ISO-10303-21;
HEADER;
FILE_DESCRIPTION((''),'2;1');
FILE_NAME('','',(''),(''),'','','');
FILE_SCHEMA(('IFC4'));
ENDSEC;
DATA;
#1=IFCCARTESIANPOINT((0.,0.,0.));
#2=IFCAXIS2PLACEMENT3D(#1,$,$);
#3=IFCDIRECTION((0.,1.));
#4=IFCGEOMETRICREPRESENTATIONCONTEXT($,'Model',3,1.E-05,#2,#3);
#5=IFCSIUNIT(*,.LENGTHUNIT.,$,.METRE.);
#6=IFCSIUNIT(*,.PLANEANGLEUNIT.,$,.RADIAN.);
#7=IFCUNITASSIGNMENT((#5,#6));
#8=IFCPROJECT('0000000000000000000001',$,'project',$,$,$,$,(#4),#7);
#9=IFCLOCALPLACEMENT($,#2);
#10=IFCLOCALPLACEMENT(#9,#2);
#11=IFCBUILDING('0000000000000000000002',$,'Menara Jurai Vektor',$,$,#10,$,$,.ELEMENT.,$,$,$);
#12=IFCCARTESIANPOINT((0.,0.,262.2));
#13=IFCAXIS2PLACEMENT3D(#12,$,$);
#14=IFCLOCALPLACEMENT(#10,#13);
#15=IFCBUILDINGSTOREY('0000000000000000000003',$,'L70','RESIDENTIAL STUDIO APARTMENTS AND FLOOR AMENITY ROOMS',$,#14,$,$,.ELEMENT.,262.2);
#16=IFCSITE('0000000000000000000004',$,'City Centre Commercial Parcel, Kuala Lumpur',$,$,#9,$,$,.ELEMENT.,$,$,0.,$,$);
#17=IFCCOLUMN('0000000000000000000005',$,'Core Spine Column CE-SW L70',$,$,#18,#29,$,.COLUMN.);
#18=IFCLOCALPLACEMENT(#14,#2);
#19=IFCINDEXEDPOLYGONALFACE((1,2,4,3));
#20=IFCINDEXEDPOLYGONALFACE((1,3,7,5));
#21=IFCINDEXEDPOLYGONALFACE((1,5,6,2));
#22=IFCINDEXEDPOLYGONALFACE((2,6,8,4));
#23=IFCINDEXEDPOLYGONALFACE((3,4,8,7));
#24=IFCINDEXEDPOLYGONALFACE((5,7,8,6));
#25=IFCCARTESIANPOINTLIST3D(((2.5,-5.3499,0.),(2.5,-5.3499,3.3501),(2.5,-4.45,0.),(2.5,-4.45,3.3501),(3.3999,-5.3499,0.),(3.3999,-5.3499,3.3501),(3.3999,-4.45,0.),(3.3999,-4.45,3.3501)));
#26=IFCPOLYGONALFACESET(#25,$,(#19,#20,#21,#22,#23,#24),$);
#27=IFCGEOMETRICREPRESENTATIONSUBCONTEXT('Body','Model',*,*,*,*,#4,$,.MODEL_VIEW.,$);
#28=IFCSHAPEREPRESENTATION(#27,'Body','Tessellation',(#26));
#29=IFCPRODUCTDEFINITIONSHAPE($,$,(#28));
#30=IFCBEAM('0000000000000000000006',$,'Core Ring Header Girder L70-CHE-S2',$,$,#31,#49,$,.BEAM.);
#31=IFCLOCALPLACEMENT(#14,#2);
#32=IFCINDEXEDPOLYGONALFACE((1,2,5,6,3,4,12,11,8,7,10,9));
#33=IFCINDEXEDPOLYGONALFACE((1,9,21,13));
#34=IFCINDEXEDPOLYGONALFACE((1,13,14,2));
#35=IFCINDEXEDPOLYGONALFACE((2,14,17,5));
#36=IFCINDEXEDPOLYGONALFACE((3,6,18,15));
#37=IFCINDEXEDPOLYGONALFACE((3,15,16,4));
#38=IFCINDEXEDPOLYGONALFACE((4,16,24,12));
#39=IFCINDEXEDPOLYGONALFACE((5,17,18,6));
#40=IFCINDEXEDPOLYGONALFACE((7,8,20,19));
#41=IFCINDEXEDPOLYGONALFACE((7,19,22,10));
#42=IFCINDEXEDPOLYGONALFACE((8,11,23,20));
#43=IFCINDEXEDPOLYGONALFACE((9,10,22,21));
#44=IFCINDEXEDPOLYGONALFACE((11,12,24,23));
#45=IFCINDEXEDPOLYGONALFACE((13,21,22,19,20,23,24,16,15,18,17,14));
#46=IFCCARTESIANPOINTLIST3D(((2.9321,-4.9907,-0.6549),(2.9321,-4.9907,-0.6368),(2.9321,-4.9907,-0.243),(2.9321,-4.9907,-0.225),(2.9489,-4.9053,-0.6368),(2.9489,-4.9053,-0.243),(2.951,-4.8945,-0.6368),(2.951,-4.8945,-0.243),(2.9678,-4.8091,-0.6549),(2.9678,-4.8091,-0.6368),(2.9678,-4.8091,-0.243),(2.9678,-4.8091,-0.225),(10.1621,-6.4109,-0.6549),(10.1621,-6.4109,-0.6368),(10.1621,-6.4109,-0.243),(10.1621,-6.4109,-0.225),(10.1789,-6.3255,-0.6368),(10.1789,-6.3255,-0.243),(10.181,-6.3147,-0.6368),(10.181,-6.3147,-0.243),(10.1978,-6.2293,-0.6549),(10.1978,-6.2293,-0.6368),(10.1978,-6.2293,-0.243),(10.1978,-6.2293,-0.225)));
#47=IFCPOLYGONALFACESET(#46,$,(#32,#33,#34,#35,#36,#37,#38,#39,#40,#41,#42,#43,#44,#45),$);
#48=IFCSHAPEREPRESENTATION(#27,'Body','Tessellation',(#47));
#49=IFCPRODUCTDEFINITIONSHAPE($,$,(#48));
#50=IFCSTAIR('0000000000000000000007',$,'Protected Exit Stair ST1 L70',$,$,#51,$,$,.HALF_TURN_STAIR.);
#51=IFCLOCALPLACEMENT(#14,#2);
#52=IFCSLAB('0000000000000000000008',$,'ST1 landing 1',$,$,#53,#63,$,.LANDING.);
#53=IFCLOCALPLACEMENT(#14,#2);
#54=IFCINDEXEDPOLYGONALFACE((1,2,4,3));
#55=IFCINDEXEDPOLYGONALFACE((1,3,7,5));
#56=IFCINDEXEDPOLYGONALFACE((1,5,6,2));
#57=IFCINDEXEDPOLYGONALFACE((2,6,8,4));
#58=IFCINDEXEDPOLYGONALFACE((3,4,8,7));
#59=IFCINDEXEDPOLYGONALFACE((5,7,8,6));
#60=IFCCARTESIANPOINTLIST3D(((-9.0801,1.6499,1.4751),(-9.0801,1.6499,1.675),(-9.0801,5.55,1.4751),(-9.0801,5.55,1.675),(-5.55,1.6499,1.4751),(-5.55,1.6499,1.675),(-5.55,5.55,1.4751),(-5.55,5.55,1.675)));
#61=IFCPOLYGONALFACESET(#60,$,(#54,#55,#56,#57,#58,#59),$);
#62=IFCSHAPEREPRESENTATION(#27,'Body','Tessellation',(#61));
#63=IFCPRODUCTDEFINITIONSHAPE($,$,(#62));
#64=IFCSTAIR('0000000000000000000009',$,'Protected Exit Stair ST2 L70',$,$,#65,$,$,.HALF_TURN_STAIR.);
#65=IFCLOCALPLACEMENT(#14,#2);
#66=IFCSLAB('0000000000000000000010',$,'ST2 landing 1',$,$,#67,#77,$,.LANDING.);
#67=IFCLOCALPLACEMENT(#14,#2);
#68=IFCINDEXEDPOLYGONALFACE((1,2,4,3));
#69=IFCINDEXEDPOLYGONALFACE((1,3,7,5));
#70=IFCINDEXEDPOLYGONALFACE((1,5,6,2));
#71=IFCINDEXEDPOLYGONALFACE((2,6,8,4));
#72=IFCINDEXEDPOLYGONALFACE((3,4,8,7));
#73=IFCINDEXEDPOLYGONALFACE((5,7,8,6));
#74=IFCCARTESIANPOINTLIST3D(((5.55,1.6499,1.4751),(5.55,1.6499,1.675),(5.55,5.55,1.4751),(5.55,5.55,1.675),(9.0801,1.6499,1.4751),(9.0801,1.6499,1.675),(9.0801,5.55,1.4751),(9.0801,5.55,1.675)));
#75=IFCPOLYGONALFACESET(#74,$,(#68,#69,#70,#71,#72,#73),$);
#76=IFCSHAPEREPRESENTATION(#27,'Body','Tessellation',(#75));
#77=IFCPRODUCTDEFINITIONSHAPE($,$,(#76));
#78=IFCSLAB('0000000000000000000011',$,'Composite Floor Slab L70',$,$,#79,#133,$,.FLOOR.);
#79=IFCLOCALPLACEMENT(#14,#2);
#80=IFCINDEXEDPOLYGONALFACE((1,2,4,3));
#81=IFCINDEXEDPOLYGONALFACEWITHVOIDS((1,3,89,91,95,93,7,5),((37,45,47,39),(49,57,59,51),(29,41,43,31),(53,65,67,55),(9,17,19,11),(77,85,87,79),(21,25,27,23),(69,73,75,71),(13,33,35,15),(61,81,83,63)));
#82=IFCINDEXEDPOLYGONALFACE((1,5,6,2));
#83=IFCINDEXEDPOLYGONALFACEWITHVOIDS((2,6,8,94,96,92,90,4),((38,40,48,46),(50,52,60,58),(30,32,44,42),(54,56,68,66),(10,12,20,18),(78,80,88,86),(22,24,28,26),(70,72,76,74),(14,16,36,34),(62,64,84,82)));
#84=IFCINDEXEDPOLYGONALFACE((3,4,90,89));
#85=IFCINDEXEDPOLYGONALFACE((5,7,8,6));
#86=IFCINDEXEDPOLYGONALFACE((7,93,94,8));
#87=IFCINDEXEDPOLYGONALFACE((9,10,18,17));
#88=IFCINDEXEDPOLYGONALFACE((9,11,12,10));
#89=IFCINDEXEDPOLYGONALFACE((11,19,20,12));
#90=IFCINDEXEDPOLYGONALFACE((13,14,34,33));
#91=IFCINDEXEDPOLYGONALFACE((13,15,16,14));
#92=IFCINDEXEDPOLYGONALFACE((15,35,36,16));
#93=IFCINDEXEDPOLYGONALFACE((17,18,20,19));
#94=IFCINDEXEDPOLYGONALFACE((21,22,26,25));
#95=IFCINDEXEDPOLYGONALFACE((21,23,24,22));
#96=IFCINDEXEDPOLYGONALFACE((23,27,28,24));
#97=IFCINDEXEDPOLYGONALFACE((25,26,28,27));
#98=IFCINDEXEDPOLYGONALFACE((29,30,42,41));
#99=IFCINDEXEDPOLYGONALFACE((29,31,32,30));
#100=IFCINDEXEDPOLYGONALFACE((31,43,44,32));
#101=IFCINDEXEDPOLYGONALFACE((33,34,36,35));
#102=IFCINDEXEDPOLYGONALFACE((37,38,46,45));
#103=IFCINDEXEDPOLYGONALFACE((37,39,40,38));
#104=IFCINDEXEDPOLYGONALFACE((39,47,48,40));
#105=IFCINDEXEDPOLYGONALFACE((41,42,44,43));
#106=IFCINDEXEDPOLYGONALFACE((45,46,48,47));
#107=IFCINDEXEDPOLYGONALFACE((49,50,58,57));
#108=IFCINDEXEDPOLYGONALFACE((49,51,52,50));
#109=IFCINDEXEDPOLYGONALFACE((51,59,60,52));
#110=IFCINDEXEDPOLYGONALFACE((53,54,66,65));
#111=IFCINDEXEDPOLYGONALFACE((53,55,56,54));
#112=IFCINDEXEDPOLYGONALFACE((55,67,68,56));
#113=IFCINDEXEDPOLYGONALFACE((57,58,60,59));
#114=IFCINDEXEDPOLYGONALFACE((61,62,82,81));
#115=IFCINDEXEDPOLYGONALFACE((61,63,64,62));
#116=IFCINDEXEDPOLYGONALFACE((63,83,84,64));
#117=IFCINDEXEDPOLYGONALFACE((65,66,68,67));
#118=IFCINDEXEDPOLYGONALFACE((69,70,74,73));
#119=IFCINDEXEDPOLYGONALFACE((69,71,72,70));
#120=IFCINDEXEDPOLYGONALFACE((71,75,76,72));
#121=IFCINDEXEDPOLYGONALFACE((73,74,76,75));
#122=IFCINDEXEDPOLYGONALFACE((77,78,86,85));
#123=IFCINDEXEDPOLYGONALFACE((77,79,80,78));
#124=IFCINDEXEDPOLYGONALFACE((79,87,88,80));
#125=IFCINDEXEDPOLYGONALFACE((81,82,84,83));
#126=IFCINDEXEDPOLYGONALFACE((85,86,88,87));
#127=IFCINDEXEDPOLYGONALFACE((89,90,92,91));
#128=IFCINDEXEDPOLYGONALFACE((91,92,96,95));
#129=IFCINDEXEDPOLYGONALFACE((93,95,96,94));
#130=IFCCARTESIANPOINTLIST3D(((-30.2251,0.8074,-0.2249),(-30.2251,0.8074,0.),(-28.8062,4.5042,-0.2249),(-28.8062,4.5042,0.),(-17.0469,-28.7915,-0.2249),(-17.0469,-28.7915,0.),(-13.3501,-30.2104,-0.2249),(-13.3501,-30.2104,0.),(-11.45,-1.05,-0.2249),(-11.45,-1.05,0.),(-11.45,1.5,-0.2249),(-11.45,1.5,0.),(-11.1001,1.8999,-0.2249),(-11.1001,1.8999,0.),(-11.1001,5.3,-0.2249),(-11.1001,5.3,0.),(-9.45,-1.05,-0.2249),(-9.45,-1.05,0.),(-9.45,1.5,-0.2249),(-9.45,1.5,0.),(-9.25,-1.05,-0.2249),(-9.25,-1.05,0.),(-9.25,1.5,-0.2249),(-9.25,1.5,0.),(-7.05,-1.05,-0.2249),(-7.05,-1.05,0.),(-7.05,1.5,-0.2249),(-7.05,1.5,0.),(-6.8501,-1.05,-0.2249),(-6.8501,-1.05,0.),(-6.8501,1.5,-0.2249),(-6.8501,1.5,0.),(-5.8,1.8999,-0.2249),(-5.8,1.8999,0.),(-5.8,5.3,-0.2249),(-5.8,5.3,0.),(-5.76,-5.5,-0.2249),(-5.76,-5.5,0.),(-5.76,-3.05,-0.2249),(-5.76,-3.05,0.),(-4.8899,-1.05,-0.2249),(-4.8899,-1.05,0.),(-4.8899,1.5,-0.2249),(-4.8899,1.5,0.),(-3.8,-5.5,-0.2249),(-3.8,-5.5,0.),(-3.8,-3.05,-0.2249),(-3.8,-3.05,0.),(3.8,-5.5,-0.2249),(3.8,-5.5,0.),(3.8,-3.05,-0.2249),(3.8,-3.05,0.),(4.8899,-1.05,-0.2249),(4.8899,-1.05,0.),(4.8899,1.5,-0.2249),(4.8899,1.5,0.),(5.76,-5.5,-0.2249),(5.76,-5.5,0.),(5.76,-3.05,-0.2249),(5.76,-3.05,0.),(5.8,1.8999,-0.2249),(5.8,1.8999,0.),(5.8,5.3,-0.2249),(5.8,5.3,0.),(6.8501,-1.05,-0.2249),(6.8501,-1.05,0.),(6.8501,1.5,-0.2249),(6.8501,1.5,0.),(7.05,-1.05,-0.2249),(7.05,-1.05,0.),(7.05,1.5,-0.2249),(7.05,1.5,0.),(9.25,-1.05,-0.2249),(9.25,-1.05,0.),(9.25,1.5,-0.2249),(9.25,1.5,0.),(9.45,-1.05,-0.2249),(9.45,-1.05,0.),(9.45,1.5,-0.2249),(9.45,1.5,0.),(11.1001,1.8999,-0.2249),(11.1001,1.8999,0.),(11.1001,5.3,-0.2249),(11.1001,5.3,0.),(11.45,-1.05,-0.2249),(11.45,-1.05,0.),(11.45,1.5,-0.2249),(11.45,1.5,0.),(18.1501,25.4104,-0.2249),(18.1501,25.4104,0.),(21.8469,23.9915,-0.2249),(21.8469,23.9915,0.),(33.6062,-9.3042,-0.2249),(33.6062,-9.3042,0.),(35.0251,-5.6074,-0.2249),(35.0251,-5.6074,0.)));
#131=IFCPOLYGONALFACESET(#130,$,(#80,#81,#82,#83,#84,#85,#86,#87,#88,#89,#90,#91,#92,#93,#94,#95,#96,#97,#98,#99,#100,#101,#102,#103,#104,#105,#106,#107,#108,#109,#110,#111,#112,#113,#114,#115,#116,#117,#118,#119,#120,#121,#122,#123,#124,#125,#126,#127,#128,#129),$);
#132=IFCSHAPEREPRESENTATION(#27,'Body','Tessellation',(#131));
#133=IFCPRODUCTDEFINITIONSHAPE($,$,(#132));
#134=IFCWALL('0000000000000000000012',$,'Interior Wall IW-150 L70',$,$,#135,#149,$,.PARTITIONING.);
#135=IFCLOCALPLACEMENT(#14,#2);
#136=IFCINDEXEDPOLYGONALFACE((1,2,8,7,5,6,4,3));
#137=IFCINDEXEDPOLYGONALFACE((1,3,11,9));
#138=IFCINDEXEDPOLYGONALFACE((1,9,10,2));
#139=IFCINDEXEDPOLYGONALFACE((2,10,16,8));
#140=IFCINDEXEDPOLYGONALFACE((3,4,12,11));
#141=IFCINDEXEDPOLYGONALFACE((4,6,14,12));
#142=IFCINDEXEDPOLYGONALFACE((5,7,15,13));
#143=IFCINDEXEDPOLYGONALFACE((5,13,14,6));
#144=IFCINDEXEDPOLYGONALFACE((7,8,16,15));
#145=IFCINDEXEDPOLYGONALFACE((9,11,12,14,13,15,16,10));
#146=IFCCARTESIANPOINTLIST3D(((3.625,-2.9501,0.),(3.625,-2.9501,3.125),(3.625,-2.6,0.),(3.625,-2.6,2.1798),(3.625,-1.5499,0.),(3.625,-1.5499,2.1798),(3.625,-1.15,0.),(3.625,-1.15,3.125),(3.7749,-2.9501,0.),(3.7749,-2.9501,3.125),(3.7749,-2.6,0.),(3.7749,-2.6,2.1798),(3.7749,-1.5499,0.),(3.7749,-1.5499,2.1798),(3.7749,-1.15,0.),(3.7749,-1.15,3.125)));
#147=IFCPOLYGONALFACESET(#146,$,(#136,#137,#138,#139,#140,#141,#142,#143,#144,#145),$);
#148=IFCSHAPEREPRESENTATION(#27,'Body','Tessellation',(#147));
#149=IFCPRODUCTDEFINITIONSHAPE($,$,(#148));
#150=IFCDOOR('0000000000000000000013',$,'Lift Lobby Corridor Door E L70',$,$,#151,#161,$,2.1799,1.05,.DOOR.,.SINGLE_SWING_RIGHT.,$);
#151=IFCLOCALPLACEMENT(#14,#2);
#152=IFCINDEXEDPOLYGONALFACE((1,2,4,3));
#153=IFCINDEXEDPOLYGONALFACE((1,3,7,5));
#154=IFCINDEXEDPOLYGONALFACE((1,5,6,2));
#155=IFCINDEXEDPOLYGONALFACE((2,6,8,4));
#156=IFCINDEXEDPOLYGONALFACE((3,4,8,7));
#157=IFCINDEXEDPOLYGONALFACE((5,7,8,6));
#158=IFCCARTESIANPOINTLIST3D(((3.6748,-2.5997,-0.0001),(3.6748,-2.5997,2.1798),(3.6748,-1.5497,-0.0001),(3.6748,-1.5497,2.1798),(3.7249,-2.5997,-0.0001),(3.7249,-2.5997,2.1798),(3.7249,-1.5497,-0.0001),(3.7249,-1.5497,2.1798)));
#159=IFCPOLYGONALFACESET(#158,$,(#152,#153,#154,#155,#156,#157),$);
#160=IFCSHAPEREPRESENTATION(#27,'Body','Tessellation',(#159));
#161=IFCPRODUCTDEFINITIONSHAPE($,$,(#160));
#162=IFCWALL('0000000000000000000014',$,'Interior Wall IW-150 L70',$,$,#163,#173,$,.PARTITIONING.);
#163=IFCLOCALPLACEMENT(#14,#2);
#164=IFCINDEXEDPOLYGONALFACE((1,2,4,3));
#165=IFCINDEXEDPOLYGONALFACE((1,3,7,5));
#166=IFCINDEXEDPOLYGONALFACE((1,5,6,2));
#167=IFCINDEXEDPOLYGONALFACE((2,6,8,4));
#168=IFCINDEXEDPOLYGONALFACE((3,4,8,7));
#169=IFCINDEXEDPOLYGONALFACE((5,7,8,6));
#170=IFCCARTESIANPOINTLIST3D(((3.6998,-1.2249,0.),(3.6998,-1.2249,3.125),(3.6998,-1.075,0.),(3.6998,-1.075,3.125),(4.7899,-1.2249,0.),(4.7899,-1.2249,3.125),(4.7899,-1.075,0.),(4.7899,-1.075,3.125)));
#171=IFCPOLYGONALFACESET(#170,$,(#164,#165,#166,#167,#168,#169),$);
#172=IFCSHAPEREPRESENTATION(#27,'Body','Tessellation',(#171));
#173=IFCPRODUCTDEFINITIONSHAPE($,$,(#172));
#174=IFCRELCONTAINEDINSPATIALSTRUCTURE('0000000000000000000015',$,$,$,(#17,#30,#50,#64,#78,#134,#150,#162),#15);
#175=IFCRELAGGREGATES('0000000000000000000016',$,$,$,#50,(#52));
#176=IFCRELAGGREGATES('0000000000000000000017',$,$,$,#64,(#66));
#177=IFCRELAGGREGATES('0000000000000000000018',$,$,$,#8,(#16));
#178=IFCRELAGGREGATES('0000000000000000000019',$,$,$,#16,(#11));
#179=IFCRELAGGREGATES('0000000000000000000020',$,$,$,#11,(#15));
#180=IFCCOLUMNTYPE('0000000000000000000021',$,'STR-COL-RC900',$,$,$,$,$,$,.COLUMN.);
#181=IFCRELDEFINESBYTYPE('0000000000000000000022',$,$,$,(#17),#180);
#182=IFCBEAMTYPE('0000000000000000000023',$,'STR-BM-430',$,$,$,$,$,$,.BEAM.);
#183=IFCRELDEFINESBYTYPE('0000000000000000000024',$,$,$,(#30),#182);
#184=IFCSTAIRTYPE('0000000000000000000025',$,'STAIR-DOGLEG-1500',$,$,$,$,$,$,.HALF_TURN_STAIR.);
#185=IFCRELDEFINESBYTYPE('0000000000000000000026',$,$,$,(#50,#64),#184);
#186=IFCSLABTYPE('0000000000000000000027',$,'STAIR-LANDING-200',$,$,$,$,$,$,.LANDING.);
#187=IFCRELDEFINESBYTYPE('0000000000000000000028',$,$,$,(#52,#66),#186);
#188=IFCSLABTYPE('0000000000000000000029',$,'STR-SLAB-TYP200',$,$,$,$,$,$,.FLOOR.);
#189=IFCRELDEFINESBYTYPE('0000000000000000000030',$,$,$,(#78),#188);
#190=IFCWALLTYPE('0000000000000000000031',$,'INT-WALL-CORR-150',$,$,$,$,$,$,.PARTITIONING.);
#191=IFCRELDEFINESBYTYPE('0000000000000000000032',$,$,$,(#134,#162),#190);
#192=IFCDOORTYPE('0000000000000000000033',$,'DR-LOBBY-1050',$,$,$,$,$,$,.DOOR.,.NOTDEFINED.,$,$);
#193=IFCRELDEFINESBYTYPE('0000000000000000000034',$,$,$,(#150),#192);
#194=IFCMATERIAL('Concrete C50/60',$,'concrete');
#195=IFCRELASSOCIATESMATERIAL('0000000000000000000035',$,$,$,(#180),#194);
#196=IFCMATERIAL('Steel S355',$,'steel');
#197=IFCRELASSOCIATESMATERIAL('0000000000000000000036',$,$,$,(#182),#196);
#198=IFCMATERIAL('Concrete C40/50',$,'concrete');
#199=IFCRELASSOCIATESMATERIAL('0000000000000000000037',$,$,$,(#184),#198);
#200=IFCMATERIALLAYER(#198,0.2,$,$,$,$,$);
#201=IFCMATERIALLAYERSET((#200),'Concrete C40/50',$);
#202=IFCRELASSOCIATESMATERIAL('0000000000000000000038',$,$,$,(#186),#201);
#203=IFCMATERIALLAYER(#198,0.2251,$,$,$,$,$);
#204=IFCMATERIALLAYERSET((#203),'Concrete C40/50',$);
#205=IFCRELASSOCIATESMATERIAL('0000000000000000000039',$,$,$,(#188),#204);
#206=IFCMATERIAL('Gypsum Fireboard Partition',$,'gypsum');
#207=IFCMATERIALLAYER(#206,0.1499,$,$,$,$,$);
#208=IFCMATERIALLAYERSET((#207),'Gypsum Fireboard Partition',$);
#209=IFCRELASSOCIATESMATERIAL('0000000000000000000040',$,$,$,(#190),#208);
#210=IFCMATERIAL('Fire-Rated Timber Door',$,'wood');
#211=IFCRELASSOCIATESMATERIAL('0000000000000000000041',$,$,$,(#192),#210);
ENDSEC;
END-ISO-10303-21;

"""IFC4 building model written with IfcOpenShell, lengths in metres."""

from ifc_helpers import new_model, si_unit, direction, frame, frame_2d, origin, origin_2d, place, context, subcontext, project, spatial, polyline, rectangle, i_section, outline, extrude, material, layer, layer_set, material_profile, profile_set, type_object, element, fill, aggregate, save


model = new_model("IFC4")

# Units and contexts
model_context = context("Model", 3, precision=1e-05, world=origin(), true_north=direction((0.0, 1.0)))
body_context = subcontext(model_context, "Body", "Model", "MODEL_VIEW")
ifc_project = project(units=[si_unit("LENGTHUNIT", "METRE"), si_unit("PLANEANGLEUNIT", "RADIAN")], contexts=[model_context])

# Site, building, storey
site_placement = place(None, origin())
site = spatial("IfcSite", under=ifc_project, at=site_placement, Name="City Centre Commercial Parcel, Kuala Lumpur", CompositionType="ELEMENT", RefElevation=0.0)
building_placement = place(site_placement, origin())
building = spatial("IfcBuilding", under=site, at=building_placement, Name="Menara Jurai Vektor", CompositionType="ELEMENT")
storey_placement = place(building_placement, frame((0.0, 0.0, 262.2)))
storey = spatial("IfcBuildingStorey", under=building, at=storey_placement, Name="L70", Description="RESIDENTIAL STUDIO APARTMENTS AND FLOOR AMENITY ROOMS", CompositionType="ELEMENT", Elevation=262.2)

# Column
ifc_material_1 = material(Name="Concrete C50/60", Category="concrete")
ifc_material_profile_1 = material_profile(ifc_material_1, rectangle(XDim=0.8999, YDim=0.8999, at=origin_2d()), Name="RC 900x900")
ifc_profile_set_1 = profile_set([ifc_material_profile_1], Name="Concrete C50/60")
column_type = type_object("IfcColumnType", Name="STR-COL-RC900", PredefinedType="COLUMN", material=ifc_profile_set_1)
column_placement = place(storey_placement, frame((2.95, -4.8999, 0.0), z_axis=(0.0, 0.0, 1.0), x_axis=(1.0, 0.0, 0.0)))
element("IfcColumn", 1, at=column_placement, inside=storey, type_object=column_type, Name="Core Spine Column CE-SW L70", PredefinedType="COLUMN", context=body_context, shape_type="SweptSolid", body=[
    extrude(rectangle(XDim=0.8999, YDim=0.8999, at=origin_2d()), origin(), (0.0, 0.0, 1.0), 3.3501),
])

# Beam
ifc_material_2 = material(Name="Steel S355", Category="steel")
ifc_material_profile_2 = material_profile(ifc_material_2, i_section(OverallWidth=0.1851, OverallDepth=0.4299, WebThickness=0.011, FlangeThickness=0.0181, at=origin_2d()), Name="PG 430x185x76")
ifc_profile_set_2 = profile_set([ifc_material_profile_2], Name="Steel S355")
beam_type = type_object("IfcBeamType", Name="STR-BM-430", PredefinedType="BEAM", material=ifc_profile_set_2)
beam_placement = place(storey_placement, frame((2.95, -4.8999, -0.4399), z_axis=(0.981249, -0.192744, 0.0), x_axis=(0.192744, 0.981249, 0.0)))
element("IfcBeam", 2, at=beam_placement, inside=storey, type_object=beam_type, Name="Core Ring Header Girder L70-CHE-S2", PredefinedType="BEAM", context=body_context, shape_type="SweptSolid", body=[
    extrude(i_section(OverallWidth=0.1851, OverallDepth=0.4299, WebThickness=0.011, FlangeThickness=0.0181, at=origin_2d()), origin(), (0.0, 0.0, 1.0), 7.3682),
])

# Stairs, slabs
ifc_material_3 = material(Name="Concrete C40/50", Category="concrete")
stair_type = type_object("IfcStairType", Name="STAIR-DOGLEG-1500", PredefinedType="HALF_TURN_STAIR", material=ifc_material_3)
stair_1_placement = place(storey_placement, origin())
stair_1 = element("IfcStair", 3, at=stair_1_placement, inside=storey, type_object=stair_type, Name="Protected Exit Stair ST1 L70", PredefinedType="HALF_TURN_STAIR")
ifc_layer_1 = layer(ifc_material_3, 0.2)
ifc_layer_set_1 = layer_set([ifc_layer_1], Name="Concrete C40/50")
slab_type_1 = type_object("IfcSlabType", Name="STAIR-LANDING-200", PredefinedType="LANDING", material=ifc_layer_set_1)
slab_1_placement = place(storey_placement, frame((0.0, 0.0, 1.4751)))
slab_1 = element("IfcSlab", 4, at=slab_1_placement, type_object=slab_type_1, Name="ST1 landing 1", PredefinedType="LANDING", context=body_context, shape_type="SweptSolid", body=[
    extrude(outline(polyline([(-9.0801, 1.6499), (-5.55, 1.6499), (-5.55, 5.55), (-9.0801, 5.55), (-9.0801, 1.6499)])), origin(), (0.0, 0.0, 1.0), 0.2),
])
aggregate(stair_1, [slab_1])
stair_2_placement = place(storey_placement, origin())
stair_2 = element("IfcStair", 5, at=stair_2_placement, inside=storey, type_object=stair_type, Name="Protected Exit Stair ST2 L70", PredefinedType="HALF_TURN_STAIR")
slab_2_placement = place(storey_placement, frame((0.0, 0.0, 1.4751)))
slab_2 = element("IfcSlab", 6, at=slab_2_placement, type_object=slab_type_1, Name="ST2 landing 1", PredefinedType="LANDING", context=body_context, shape_type="SweptSolid", body=[
    extrude(outline(polyline([(5.55, 1.6499), (9.0801, 1.6499), (9.0801, 5.55), (5.55, 5.55), (5.55, 1.6499)])), origin(), (0.0, 0.0, 1.0), 0.2),
])
aggregate(stair_2, [slab_2])

# Slab
ifc_layer_2 = layer(ifc_material_3, 0.2251)
ifc_layer_set_2 = layer_set([ifc_layer_2], Name="Concrete C40/50")
slab_type_2 = type_object("IfcSlabType", Name="STR-SLAB-TYP200", PredefinedType="FLOOR", material=ifc_layer_set_2)
slab_3_placement = place(storey_placement, frame((0.0, 0.0, -0.2249)))
element("IfcSlab", 7, at=slab_3_placement, inside=storey, type_object=slab_type_2, Name="Composite Floor Slab L70", PredefinedType="FLOOR", context=body_context, shape_type="SweptSolid", body=[
    extrude(outline(polyline([(-13.3501, -30.2104), (33.6062, -9.3042), (35.0251, -5.6074), (21.8469, 23.9915), (18.1501, 25.4104), (-28.8062, 4.5042), (-30.2251, 0.8074), (-17.0469, -28.7915), (-13.3501, -30.2104)]), holes=[polyline([(-11.1001, 1.8999), (-11.1001, 5.3), (-5.8, 5.3), (-5.8, 1.8999), (-11.1001, 1.8999)]), polyline([(5.8, 1.8999), (5.8, 5.3), (11.1001, 5.3), (11.1001, 1.8999), (5.8, 1.8999)]), polyline([(-11.45, -1.05), (-11.45, 1.5), (-9.45, 1.5), (-9.45, -1.05), (-11.45, -1.05)]), polyline([(9.45, -1.05), (9.45, 1.5), (11.45, 1.5), (11.45, -1.05), (9.45, -1.05)]), polyline([(-5.76, -5.5), (-5.76, -3.05), (-3.8, -3.05), (-3.8, -5.5), (-5.76, -5.5)]), polyline([(-6.8501, -1.05), (-6.8501, 1.5), (-4.8899, 1.5), (-4.8899, -1.05), (-6.8501, -1.05)]), polyline([(3.8, -5.5), (3.8, -3.05), (5.76, -3.05), (5.76, -5.5), (3.8, -5.5)]), polyline([(4.8899, -1.05), (4.8899, 1.5), (6.8501, 1.5), (6.8501, -1.05), (4.8899, -1.05)]), polyline([(-9.25, -1.05), (-9.25, 1.5), (-7.05, 1.5), (-7.05, -1.05), (-9.25, -1.05)]), polyline([(7.05, -1.05), (7.05, 1.5), (9.25, 1.5), (9.25, -1.05), (7.05, -1.05)])]), origin(), (0.0, 0.0, 1.0), 0.2249),
])

# Wall, opening, door
ifc_material_4 = material(Name="Gypsum Fireboard Partition", Category="gypsum")
ifc_layer_3 = layer(ifc_material_4, 0.1499)
ifc_layer_set_3 = layer_set([ifc_layer_3], Name="Gypsum Fireboard Partition")
wall_type_1 = type_object("IfcWallType", Name="INT-WALL-CORR-150", PredefinedType="PARTITIONING", material=ifc_layer_set_3)
wall_1_placement = place(storey_placement, frame((3.7, -2.95, 0.0), z_axis=(0.0, 0.0, 1.0), x_axis=(0.0, 1.0, 0.0)))
wall_1 = element("IfcWall", 8, at=wall_1_placement, inside=storey, type_object=wall_type_1, Name="Interior Wall IW-150 L70", PredefinedType="PARTITIONING", context=body_context, shape_type="SweptSolid", body=[
    extrude(rectangle(XDim=1.8, YDim=0.1499, at=frame_2d((0.8999, 0.0))), origin(), (0.0, 0.0, 1.0), 3.125),
])
opening_1_placement = place(wall_1_placement, frame((0.3501, 0.0, 0.0)))
opening_1 = element("IfcOpeningElement", 9, at=opening_1_placement, cuts=wall_1, PredefinedType="OPENING", context=body_context, shape_type="SweptSolid", body=[
    extrude(rectangle(XDim=1.05, YDim=2.1799, at=frame_2d((0.5249, 1.0898))), frame((0.0, 0.085, 0.0), z_axis=(0.0, -1.0, 0.0), x_axis=(1.0, 0.0, 0.0)), (0.0, 0.0, 1.0), 0.1699),
])
ifc_material_5 = material(Name="Fire-Rated Timber Door", Category="wood")
door_type_1 = type_object("IfcDoorType", Name="DR-LOBBY-1050", OperationType="NOTDEFINED", PredefinedType="DOOR", material=ifc_material_5)
door_1_placement = place(opening_1_placement, frame((1.05, 0.0, 0.0), z_axis=(0.0, 0.0, 1.0), x_axis=(-1.0, 0.0, 0.0)))
door_1 = element("IfcDoor", 10, at=door_1_placement, inside=storey, type_object=door_type_1, Name="Lift Lobby Corridor Door E L70", OperationType="SINGLE_SWING_RIGHT", OverallHeight=2.1799, OverallWidth=1.05, PredefinedType="DOOR", context=body_context, shape_type="SweptSolid", body=[
    extrude(rectangle(XDim=1.05, YDim=2.1799, at=frame_2d((0.5249, 1.0898))), frame((0.0, 0.0249, 0.0), z_axis=(0.0, -1.0, 0.0), x_axis=(1.0, 0.0, 0.0)), (0.0, 0.0, 1.0), 0.05),
])
fill(opening_1, door_1)

# Wall
wall_2_placement = place(storey_placement, frame((3.7, -1.1499, 0.0), z_axis=(0.0, 0.0, 1.0), x_axis=(1.0, 0.0, 0.0)))
element("IfcWall", 11, at=wall_2_placement, inside=storey, type_object=wall_type_1, Name="Interior Wall IW-150 L70", PredefinedType="PARTITIONING", context=body_context, shape_type="SweptSolid", body=[
    extrude(rectangle(XDim=1.0901, YDim=0.1499, at=frame_2d((0.5449, 0.0))), origin(), (0.0, 0.0, 1.0), 3.125),
])

save(model, "model.ifc")
